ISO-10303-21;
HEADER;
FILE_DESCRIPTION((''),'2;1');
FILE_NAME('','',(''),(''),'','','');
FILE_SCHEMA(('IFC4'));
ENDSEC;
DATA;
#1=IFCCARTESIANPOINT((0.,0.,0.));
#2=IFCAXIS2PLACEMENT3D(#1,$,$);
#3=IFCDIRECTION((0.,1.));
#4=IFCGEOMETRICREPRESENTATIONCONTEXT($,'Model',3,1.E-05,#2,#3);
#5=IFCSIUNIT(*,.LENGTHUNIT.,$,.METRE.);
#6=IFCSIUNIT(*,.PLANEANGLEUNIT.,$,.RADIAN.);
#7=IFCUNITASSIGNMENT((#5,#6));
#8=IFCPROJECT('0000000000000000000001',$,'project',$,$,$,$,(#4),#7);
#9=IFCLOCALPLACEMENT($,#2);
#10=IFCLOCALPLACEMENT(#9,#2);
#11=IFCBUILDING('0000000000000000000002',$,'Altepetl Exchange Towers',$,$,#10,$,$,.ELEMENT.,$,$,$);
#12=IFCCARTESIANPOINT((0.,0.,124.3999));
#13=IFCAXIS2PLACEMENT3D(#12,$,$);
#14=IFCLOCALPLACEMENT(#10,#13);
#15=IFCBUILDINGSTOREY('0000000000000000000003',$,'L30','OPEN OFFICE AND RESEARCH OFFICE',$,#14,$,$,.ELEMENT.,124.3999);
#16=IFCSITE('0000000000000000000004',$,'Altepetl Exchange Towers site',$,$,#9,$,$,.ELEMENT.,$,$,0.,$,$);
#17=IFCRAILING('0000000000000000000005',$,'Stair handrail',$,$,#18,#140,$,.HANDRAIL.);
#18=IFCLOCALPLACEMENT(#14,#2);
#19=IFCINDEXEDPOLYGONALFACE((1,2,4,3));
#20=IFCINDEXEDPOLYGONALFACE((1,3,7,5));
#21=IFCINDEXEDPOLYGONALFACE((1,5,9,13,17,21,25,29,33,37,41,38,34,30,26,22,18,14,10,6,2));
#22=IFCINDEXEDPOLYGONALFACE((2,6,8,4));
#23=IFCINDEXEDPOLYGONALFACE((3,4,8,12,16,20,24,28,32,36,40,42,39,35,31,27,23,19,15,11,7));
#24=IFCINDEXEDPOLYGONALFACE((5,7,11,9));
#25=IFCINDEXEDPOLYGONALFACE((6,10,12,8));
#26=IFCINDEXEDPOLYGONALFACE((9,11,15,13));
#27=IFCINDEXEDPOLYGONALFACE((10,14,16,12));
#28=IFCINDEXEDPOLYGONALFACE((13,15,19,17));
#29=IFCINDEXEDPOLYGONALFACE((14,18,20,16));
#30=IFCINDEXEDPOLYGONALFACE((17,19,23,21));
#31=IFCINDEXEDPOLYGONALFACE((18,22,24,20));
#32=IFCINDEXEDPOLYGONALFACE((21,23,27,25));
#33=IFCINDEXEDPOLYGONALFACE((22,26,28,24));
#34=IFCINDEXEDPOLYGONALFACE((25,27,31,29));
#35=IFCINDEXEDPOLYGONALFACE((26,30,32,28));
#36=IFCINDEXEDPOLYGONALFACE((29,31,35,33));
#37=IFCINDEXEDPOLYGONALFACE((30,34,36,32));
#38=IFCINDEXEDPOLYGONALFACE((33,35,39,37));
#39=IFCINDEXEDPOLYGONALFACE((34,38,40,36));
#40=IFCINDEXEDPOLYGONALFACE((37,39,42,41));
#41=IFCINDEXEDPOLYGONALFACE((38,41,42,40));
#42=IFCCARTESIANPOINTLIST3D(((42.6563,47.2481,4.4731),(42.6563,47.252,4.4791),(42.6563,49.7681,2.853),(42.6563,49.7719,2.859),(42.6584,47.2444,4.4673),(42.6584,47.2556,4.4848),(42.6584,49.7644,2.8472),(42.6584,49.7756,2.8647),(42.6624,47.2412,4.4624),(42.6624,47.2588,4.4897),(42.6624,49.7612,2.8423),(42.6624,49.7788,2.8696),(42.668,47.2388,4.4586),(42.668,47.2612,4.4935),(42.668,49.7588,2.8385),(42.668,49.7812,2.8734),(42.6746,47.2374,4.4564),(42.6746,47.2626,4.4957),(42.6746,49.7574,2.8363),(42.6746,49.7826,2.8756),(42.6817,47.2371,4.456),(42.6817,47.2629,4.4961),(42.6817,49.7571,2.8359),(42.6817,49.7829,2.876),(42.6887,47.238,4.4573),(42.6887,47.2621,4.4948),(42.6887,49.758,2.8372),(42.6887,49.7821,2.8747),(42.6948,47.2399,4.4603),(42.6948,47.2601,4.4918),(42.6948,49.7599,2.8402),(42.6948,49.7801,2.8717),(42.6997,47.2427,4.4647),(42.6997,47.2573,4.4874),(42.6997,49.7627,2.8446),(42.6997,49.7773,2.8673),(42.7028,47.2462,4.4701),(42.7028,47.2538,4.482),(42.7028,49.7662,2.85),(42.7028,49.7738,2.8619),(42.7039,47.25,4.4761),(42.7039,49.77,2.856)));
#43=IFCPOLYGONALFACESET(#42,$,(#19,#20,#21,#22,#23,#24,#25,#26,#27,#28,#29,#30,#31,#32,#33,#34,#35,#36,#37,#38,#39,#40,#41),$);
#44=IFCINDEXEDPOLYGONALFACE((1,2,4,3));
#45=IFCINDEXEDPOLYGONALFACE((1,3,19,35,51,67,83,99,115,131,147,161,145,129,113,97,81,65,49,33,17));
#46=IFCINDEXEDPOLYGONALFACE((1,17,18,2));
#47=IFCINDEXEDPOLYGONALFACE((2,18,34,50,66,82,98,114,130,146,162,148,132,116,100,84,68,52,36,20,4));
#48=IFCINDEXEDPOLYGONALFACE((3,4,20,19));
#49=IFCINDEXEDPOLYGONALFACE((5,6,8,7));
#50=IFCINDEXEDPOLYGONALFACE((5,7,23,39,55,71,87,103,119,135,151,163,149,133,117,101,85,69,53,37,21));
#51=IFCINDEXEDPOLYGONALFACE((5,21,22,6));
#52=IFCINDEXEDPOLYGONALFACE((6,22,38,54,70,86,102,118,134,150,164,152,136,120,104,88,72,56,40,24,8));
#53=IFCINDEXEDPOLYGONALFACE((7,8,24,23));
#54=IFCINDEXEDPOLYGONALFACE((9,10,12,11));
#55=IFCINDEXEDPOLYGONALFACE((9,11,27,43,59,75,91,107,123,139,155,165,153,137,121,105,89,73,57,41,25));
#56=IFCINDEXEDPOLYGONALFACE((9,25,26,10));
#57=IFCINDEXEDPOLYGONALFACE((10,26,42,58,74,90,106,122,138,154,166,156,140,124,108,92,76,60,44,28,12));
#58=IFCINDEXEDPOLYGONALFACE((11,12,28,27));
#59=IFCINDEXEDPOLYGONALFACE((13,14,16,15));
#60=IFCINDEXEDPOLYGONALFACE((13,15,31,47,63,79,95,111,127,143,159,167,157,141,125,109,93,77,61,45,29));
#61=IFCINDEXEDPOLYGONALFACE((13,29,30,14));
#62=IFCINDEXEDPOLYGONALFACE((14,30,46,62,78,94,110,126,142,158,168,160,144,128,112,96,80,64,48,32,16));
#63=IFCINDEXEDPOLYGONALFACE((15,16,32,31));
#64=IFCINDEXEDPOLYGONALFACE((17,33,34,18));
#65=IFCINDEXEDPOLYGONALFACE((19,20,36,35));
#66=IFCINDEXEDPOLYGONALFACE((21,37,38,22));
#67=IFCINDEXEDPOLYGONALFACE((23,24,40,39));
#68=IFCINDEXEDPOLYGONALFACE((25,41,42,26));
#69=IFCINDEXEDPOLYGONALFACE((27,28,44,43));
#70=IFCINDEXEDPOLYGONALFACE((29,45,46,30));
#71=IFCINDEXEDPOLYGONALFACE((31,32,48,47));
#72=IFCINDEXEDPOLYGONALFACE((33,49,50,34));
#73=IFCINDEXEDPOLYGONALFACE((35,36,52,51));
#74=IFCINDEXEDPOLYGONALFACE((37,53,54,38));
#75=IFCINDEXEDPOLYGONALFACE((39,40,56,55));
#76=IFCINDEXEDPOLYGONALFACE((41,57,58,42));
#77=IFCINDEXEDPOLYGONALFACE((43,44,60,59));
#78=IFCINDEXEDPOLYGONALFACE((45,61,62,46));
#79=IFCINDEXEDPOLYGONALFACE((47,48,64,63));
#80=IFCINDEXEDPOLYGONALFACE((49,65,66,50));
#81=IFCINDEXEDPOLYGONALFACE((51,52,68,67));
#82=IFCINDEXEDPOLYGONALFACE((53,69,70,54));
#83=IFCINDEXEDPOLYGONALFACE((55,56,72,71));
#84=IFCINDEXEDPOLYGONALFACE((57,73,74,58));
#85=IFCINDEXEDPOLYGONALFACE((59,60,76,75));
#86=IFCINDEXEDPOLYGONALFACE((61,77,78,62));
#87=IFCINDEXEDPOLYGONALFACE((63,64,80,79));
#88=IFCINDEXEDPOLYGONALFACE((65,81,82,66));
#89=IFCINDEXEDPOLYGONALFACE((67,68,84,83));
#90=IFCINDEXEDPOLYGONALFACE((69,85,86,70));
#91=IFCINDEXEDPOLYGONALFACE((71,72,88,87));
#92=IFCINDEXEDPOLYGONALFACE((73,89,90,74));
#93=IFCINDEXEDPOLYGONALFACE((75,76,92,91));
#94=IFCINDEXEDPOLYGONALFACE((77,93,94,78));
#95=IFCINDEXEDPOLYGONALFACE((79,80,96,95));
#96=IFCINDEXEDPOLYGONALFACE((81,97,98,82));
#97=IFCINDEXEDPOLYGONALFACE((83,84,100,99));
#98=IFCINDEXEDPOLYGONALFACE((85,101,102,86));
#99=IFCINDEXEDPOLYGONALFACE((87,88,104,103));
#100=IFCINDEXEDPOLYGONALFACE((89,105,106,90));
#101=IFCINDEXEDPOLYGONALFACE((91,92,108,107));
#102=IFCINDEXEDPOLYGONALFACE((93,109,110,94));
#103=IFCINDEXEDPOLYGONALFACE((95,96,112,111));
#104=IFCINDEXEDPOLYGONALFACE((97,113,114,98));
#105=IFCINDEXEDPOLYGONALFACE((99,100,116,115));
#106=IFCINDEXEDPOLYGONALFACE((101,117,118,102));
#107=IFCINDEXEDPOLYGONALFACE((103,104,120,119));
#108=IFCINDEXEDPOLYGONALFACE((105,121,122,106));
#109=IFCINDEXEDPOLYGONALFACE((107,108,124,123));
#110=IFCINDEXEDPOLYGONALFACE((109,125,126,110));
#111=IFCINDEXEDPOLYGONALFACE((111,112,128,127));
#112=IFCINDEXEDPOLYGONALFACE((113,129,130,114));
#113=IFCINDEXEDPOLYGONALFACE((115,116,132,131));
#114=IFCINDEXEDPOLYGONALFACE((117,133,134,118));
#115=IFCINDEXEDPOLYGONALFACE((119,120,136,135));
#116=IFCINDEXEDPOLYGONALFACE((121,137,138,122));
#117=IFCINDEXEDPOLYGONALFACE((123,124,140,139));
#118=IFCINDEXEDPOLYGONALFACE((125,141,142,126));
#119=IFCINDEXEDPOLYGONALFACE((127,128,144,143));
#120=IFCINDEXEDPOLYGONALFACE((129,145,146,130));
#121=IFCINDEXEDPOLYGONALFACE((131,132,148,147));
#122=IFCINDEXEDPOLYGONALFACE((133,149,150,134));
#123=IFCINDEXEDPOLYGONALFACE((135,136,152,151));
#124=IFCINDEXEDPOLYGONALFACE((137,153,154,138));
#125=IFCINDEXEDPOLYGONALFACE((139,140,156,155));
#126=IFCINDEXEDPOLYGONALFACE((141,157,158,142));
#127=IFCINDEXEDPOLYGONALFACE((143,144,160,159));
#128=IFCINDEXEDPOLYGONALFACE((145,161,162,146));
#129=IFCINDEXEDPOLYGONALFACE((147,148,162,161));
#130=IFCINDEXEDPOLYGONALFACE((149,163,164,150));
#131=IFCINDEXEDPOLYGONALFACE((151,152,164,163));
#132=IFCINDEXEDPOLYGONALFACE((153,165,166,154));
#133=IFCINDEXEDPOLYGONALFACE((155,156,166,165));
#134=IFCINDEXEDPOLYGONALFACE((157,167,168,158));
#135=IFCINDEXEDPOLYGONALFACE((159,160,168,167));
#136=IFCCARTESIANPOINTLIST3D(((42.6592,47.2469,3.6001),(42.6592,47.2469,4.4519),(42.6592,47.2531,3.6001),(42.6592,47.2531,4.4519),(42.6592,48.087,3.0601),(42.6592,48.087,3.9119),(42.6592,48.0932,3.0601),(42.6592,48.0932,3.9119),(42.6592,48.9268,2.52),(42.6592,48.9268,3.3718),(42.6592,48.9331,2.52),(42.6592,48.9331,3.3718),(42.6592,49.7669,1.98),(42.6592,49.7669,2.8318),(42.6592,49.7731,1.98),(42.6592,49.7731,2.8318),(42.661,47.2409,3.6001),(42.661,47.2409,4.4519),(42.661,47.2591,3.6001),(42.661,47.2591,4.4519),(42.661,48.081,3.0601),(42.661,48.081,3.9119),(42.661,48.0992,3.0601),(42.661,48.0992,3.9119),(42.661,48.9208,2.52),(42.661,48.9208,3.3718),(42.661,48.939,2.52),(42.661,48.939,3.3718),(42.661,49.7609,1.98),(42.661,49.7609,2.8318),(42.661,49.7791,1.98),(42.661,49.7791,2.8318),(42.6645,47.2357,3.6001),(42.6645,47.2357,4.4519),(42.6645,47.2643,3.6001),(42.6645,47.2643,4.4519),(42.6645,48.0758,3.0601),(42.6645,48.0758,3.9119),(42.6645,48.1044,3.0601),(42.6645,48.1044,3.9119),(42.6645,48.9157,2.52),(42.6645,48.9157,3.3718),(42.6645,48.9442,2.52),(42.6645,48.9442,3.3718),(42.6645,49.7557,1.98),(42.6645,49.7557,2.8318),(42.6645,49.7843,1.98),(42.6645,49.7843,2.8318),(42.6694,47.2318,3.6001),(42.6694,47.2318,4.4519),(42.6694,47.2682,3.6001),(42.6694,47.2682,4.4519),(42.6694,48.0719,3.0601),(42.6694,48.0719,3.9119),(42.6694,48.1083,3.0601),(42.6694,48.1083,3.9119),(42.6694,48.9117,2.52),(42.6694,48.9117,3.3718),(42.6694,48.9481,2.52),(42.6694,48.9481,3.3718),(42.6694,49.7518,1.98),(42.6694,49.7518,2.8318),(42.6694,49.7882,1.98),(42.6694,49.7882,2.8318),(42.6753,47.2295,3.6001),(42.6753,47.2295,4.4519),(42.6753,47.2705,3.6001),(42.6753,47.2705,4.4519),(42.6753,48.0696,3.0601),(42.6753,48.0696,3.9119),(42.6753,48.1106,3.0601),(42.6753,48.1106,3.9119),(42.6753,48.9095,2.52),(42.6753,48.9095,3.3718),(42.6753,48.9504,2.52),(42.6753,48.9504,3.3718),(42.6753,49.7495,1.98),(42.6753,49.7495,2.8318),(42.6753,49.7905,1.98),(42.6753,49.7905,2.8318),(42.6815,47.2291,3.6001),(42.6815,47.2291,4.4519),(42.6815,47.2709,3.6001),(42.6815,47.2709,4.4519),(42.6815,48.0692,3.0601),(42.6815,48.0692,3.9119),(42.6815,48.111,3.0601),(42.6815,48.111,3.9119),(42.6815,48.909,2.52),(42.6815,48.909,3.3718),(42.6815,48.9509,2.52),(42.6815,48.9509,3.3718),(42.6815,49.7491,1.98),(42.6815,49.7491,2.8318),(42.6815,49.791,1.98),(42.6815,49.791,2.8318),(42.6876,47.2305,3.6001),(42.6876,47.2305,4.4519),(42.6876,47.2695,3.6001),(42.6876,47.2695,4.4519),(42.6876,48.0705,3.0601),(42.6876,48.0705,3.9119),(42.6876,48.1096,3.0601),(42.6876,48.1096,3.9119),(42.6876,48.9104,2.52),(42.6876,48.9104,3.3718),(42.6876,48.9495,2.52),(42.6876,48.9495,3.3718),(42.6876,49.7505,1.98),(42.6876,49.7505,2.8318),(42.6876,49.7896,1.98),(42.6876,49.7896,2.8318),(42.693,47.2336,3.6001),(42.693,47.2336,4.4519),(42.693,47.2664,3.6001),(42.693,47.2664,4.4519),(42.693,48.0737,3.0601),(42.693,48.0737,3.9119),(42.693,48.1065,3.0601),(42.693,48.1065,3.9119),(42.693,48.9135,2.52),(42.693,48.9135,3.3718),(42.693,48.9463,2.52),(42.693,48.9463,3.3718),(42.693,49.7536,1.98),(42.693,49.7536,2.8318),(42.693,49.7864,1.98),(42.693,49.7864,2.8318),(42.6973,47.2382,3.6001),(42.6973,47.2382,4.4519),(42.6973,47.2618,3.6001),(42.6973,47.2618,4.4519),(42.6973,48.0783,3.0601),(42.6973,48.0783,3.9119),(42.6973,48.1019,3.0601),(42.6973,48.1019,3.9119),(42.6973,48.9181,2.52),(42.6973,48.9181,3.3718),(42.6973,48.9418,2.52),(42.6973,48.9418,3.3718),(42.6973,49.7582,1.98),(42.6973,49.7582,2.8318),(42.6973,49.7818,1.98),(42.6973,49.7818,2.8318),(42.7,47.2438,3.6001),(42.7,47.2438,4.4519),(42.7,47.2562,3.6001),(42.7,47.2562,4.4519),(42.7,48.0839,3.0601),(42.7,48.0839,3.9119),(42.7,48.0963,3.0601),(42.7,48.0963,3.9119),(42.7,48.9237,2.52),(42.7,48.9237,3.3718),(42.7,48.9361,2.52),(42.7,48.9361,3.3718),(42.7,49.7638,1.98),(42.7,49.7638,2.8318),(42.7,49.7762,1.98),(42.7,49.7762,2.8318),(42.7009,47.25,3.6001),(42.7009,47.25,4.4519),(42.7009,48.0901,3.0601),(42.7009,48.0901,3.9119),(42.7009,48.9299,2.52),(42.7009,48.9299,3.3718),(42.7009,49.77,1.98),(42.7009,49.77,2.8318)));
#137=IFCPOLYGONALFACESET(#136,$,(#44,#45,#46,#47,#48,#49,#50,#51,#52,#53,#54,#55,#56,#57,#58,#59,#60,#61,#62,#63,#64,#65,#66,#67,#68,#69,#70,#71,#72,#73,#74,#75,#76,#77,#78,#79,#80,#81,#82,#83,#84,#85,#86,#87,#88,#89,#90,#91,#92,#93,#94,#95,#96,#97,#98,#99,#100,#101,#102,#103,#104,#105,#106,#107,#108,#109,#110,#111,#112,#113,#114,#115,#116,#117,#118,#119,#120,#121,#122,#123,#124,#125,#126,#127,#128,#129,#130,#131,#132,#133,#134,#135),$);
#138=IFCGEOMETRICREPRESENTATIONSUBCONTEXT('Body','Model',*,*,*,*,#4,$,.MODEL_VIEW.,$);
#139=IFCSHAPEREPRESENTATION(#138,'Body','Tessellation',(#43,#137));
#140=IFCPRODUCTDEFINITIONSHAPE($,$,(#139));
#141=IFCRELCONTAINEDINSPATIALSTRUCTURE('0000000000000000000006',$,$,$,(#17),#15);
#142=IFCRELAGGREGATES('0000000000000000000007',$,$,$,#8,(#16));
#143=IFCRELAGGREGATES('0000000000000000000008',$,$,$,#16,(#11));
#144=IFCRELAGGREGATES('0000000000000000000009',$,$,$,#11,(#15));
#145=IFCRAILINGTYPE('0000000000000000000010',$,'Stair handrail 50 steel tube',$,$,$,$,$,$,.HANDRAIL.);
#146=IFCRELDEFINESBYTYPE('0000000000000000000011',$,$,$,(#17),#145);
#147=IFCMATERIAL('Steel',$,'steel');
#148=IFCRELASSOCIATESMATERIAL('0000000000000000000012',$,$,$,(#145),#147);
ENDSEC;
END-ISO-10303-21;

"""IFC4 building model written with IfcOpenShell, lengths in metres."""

from ifc_helpers import new_model, si_unit, direction, frame, origin, origin_2d, place, context, subcontext, project, spatial, circle, extrude, source, transform, mapped, material, type_object, element, save


model = new_model("IFC4")

# Units and contexts
model_context = context("Model", 3, precision=1e-05, world=origin(), true_north=direction((0.0, 1.0)))
body_context = subcontext(model_context, "Body", "Model", "MODEL_VIEW")
ifc_project = project(units=[si_unit("LENGTHUNIT", "METRE"), si_unit("PLANEANGLEUNIT", "RADIAN")], contexts=[model_context])

# Site, building, storey
site_placement = place(None, origin())
site = spatial("IfcSite", under=ifc_project, at=site_placement, Name="Altepetl Exchange Towers site", CompositionType="ELEMENT", RefElevation=0.0)
building_placement = place(site_placement, origin())
building = spatial("IfcBuilding", under=site, at=building_placement, Name="Altepetl Exchange Towers", CompositionType="ELEMENT")
storey_placement = place(building_placement, frame((0.0, 0.0, 124.3999)))
storey = spatial("IfcBuildingStorey", under=building, at=storey_placement, Name="L30", Description="OPEN OFFICE AND RESEARCH OFFICE", CompositionType="ELEMENT", Elevation=124.3999)

# Railing
ifc_material_1 = material(Name="Steel", Category="steel")
railing_type = type_object("IfcRailingType", Name="Stair handrail 50 steel tube", PredefinedType="HANDRAIL", material=ifc_material_1)
shared_shape = source(origin(), body_context, "Body", "SweptSolid", [
    extrude(circle(Radius=0.021, at=origin_2d()), origin(), (0.0, 0.0, 1.0), 0.8518),
])
railing_1_placement = place(storey_placement, frame((42.6799, 49.77, 1.98)))
element("IfcRailing", 1, at=railing_1_placement, inside=storey, type_object=railing_type, Name="Stair handrail", PredefinedType="HANDRAIL", context=body_context, shape_type="SweptSolid", body=[
    extrude(circle(Radius=0.0239, at=origin_2d()), frame((0.0, 0.0, 0.876), z_axis=(0.0, -0.841163, 0.540782), x_axis=(1.0, 0.0, 0.0)), (0.0, 0.0, 1.0), 2.9958),
    mapped(shared_shape, transform((0.0, 0.0, 0.0))),
    mapped(shared_shape, transform((0.0, -0.8401, 0.54))),
    mapped(shared_shape, transform((0.0, -1.6799, 1.0801))),
    mapped(shared_shape, transform((0.0, -2.52, 1.6201))),
])

save(model, "model.ifc")
